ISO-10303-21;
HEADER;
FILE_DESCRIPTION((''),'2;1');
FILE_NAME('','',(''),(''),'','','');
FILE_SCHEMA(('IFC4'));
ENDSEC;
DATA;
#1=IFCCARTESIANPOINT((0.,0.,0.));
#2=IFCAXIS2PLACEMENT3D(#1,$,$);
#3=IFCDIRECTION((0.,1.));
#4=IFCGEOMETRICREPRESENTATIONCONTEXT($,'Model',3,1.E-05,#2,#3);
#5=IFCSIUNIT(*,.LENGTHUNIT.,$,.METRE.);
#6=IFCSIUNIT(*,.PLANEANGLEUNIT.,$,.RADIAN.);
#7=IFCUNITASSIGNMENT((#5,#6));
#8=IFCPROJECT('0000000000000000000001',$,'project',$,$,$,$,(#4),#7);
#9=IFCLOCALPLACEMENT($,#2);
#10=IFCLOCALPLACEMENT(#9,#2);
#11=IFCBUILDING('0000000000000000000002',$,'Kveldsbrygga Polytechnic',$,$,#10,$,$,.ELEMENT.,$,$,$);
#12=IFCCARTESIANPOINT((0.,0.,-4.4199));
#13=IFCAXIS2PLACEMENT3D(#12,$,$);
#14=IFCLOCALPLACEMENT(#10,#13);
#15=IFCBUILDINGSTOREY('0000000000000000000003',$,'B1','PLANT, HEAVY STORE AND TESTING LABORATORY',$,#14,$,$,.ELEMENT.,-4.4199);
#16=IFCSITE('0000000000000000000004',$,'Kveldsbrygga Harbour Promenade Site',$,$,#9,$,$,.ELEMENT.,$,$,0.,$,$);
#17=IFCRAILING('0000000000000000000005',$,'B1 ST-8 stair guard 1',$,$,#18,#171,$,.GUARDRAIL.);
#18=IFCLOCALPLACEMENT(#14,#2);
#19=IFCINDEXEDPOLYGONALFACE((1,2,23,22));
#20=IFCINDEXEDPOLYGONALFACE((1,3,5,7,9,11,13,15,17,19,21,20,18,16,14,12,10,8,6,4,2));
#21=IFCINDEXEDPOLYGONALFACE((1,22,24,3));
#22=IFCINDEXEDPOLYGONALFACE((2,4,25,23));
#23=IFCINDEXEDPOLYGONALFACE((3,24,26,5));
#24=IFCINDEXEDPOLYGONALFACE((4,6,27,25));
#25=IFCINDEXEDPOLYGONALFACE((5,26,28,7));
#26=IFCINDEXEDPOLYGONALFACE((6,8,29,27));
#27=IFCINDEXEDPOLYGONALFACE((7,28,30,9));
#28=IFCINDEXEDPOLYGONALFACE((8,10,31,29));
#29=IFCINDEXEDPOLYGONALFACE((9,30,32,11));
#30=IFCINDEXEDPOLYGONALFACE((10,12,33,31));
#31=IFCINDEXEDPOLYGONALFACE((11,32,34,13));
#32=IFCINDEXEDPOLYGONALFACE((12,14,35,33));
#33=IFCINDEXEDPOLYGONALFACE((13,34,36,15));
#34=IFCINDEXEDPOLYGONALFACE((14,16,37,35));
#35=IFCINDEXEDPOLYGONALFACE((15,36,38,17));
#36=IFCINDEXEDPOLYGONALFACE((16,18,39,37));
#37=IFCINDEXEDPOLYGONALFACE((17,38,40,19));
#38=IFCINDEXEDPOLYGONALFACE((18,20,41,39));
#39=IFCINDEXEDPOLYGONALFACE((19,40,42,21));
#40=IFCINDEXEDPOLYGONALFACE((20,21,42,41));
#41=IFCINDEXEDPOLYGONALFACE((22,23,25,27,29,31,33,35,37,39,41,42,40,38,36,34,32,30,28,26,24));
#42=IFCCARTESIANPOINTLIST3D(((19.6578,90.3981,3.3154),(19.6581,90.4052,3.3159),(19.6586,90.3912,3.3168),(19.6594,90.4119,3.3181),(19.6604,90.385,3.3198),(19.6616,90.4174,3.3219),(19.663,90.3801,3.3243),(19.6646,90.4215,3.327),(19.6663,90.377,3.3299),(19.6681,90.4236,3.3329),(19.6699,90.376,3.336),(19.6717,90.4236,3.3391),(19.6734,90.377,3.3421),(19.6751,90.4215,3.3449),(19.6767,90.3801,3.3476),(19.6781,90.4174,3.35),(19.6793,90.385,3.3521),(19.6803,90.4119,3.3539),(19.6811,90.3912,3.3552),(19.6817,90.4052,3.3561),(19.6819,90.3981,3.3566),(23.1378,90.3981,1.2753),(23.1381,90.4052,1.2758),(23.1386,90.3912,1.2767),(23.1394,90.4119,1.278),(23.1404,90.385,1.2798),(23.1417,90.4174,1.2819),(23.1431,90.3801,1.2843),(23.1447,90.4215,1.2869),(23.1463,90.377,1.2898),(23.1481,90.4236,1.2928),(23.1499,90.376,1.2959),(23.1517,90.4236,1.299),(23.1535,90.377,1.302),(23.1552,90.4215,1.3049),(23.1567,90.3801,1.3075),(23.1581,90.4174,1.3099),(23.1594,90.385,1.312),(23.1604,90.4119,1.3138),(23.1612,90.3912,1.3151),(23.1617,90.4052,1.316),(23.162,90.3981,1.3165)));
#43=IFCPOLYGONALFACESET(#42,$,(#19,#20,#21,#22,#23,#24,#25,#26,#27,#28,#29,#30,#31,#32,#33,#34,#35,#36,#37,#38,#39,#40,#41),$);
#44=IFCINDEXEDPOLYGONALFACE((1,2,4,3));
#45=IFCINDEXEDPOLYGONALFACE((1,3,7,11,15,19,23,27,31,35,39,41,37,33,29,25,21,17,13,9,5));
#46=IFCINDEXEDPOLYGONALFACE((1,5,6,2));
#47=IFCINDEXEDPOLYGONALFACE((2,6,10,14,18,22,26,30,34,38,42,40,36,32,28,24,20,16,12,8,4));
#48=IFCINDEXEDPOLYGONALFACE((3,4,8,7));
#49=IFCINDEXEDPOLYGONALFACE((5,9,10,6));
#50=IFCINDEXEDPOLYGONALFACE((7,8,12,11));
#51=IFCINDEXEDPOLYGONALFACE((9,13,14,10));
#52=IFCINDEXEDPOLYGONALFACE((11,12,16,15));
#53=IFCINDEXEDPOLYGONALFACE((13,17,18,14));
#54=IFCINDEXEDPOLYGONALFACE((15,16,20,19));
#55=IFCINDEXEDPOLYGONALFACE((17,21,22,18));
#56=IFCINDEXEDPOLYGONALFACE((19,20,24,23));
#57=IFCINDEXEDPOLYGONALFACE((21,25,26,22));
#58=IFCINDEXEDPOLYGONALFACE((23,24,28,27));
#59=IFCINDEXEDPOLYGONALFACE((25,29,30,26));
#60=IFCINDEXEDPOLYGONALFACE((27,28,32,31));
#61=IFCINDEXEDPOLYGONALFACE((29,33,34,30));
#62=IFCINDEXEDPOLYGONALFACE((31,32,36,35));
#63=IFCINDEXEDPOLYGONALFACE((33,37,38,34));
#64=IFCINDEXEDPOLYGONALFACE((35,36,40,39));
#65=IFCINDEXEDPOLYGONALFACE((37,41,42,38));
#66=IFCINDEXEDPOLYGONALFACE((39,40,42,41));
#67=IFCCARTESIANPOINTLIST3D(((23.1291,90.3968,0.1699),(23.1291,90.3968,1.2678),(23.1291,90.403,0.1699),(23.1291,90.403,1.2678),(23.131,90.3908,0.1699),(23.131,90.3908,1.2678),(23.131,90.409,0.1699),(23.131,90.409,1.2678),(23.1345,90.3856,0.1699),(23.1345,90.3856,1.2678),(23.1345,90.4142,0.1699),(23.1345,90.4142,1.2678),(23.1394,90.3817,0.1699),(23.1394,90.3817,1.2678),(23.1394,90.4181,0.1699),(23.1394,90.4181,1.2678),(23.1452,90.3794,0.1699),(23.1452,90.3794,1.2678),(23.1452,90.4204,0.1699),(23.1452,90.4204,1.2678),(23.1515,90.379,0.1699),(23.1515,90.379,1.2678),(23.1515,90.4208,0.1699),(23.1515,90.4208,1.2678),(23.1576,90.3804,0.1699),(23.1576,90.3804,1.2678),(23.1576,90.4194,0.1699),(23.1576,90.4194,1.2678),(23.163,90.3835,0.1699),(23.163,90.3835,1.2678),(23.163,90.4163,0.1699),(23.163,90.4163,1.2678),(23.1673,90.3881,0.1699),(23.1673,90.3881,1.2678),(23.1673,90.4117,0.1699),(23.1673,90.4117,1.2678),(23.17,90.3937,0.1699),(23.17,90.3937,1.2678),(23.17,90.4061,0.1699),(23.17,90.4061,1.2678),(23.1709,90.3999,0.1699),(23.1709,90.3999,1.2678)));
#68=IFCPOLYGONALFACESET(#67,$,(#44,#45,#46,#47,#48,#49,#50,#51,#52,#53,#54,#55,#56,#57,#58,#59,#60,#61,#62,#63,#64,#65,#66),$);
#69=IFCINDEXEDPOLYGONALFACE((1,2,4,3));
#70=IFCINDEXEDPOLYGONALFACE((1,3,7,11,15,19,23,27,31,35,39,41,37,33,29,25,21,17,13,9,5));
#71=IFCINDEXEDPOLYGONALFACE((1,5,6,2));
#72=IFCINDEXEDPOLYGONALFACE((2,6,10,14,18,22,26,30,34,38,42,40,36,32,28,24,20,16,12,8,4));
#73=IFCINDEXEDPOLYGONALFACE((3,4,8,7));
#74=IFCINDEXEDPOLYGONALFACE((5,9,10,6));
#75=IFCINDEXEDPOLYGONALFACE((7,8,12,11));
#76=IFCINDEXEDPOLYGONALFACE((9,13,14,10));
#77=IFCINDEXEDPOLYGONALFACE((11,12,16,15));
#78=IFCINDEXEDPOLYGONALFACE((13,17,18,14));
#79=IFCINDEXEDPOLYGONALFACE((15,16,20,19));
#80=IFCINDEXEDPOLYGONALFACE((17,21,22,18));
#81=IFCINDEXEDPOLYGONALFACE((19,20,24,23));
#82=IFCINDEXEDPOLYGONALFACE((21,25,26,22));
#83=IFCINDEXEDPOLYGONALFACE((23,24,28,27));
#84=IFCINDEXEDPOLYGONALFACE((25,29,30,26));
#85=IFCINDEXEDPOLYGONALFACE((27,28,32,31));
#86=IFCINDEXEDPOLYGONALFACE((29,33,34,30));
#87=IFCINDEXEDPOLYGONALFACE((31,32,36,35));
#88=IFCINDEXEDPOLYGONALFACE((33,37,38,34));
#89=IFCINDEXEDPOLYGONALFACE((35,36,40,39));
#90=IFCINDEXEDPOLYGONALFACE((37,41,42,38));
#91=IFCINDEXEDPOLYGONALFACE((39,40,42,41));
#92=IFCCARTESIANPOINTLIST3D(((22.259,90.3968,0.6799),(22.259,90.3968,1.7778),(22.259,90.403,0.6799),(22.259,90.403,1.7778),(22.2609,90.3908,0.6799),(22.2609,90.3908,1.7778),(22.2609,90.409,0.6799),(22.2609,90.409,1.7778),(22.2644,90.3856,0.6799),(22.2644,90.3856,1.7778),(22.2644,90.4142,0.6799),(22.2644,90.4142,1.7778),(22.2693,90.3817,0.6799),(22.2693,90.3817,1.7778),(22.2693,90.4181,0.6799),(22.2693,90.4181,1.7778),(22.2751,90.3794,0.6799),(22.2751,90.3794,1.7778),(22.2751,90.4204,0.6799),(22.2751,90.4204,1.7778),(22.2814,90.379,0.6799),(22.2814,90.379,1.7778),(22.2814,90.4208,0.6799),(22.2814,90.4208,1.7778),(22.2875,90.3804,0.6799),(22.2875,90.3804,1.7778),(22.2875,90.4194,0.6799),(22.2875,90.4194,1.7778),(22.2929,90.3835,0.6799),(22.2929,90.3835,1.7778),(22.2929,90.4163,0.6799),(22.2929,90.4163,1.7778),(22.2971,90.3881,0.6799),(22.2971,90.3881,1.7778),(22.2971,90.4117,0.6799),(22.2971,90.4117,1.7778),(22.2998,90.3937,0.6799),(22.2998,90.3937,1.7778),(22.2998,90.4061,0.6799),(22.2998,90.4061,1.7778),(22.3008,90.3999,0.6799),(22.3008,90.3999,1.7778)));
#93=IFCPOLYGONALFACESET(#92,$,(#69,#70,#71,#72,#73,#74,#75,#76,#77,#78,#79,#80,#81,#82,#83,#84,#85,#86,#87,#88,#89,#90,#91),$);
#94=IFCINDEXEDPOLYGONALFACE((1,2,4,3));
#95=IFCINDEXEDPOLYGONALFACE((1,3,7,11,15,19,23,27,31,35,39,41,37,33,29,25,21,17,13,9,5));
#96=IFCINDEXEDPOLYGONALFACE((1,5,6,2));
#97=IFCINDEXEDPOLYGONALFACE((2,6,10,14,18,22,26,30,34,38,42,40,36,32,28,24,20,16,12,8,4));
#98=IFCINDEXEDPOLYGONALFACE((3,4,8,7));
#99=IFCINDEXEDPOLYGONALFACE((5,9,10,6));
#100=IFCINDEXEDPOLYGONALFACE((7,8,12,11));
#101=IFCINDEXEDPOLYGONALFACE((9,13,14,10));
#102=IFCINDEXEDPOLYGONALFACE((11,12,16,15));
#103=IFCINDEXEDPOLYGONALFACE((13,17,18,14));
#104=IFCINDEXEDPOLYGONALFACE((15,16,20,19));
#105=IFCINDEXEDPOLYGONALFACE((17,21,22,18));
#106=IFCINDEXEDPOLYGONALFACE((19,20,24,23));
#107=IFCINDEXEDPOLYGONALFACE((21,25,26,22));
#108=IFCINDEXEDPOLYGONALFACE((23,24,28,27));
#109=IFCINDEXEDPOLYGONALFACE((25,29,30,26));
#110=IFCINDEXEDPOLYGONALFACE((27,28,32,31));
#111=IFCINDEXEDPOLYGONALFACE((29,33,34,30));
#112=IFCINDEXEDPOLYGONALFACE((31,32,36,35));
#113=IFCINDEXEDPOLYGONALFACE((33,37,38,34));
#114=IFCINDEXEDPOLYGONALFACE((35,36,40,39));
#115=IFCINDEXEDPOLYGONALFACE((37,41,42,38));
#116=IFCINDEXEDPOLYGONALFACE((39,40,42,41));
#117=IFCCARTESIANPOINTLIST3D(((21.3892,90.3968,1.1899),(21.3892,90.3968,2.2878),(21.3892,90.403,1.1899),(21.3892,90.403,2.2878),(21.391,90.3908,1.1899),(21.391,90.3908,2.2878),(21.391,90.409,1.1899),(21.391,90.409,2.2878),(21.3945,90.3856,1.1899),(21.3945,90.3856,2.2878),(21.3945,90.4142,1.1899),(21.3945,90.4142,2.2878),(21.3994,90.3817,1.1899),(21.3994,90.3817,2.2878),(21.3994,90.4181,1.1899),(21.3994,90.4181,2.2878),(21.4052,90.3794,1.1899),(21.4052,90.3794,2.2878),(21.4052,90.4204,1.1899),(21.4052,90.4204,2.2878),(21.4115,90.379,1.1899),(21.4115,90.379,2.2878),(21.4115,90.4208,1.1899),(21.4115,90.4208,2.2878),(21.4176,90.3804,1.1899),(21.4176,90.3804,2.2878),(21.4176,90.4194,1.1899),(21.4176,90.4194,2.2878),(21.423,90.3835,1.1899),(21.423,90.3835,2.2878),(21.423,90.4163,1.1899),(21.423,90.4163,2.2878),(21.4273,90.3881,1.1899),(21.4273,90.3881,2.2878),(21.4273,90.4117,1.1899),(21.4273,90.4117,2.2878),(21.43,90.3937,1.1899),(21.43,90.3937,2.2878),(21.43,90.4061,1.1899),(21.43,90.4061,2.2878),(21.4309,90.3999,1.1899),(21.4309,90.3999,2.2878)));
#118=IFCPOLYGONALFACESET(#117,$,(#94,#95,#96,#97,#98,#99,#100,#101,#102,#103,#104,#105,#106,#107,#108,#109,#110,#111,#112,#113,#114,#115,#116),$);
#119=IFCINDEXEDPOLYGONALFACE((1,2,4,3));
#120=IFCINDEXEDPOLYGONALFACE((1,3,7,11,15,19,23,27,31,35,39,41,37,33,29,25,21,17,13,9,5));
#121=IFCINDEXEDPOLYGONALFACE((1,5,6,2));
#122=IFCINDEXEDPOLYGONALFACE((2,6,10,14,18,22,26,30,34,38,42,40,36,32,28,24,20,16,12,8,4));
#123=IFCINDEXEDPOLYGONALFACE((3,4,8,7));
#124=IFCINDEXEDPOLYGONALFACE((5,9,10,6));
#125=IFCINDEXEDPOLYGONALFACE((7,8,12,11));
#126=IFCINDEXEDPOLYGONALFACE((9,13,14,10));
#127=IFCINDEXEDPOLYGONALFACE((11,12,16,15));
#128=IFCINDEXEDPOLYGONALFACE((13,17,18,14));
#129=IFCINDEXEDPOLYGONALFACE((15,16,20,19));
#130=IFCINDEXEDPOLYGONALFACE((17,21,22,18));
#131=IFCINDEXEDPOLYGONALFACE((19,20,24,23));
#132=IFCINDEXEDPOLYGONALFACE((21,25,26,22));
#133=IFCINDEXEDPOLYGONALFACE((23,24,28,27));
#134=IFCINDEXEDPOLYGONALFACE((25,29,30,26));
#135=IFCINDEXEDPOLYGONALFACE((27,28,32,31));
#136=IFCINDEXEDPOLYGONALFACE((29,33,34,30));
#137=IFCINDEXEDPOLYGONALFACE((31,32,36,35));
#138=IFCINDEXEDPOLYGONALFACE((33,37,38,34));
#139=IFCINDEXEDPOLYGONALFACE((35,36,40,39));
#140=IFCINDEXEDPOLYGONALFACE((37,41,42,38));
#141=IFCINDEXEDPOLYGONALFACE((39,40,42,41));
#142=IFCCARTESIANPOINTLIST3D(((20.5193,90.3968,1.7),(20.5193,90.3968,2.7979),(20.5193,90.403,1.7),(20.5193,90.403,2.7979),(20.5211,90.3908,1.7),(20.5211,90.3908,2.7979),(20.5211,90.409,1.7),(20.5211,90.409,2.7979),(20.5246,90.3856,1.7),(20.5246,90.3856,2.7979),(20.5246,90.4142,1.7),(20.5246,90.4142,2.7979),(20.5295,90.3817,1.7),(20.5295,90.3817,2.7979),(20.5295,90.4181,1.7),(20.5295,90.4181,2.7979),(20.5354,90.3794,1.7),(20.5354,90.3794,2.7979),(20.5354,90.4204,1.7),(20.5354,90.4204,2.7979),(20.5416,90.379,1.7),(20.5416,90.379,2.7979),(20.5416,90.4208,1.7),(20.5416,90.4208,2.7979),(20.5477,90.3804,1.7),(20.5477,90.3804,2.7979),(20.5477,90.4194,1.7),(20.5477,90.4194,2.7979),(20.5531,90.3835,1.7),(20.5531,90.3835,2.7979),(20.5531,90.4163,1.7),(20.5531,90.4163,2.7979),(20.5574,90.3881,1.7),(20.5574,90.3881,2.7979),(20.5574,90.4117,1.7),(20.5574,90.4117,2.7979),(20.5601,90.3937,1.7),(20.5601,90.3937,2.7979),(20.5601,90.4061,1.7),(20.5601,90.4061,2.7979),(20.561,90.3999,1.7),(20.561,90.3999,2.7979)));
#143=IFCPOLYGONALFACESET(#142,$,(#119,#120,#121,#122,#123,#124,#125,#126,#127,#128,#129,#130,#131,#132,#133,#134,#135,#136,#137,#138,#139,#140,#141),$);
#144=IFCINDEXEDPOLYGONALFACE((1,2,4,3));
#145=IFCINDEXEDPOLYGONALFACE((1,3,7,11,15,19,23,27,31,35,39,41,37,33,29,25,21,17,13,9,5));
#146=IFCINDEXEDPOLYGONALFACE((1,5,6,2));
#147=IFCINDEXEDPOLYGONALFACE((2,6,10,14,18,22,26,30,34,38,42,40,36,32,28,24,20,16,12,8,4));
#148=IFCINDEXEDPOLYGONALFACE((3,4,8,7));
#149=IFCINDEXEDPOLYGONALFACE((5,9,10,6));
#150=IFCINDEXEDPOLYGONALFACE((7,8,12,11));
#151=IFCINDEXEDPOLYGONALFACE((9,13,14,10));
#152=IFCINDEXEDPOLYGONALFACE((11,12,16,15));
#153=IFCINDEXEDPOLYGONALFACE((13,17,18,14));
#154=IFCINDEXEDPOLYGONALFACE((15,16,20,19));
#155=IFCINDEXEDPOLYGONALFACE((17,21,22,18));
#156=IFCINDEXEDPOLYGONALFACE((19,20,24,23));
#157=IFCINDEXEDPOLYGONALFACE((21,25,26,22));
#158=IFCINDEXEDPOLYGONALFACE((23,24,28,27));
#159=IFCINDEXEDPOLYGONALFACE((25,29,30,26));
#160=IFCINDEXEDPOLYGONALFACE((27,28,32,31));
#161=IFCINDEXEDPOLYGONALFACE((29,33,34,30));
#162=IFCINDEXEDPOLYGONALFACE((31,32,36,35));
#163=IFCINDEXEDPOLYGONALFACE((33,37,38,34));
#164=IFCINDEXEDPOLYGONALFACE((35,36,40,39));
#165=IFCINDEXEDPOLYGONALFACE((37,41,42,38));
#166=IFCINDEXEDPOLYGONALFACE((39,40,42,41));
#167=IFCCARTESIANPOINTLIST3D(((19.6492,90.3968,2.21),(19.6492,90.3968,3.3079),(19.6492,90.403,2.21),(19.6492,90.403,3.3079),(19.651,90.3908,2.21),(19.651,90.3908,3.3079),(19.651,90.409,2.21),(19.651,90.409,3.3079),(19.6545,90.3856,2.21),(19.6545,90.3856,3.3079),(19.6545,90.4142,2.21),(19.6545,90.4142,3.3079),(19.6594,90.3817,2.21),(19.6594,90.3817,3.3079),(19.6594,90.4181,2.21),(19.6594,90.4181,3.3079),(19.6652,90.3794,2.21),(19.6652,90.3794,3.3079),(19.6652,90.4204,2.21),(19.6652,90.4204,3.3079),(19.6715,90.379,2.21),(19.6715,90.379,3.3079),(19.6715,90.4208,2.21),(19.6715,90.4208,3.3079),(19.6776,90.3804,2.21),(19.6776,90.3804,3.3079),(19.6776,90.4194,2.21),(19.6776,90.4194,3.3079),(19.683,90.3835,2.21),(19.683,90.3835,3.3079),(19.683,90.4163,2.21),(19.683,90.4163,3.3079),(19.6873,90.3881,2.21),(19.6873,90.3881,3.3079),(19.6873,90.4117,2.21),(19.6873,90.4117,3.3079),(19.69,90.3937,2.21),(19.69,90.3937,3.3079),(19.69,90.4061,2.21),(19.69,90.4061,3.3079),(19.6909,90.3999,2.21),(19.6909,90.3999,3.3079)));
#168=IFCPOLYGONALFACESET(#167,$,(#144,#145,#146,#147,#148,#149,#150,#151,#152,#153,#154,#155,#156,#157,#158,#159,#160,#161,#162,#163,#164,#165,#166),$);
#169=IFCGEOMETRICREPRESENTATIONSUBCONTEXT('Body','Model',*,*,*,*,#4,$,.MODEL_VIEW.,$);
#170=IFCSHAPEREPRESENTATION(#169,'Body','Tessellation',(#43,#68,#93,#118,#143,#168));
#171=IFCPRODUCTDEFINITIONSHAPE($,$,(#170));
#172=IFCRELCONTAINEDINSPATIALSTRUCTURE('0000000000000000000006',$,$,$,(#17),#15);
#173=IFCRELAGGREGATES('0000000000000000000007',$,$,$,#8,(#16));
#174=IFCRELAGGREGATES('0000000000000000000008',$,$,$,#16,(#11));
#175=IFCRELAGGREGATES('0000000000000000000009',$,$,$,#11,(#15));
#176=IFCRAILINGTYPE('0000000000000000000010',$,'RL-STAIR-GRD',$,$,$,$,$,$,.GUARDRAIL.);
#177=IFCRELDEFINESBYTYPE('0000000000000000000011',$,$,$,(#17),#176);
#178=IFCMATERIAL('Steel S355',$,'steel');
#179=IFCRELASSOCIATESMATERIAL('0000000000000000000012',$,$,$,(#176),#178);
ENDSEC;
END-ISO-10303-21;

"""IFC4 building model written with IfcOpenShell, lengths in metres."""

from ifc_helpers import new_model, si_unit, direction, frame, origin, origin_2d, place, context, subcontext, project, spatial, circle, extrude, material, type_object, element, save


model = new_model("IFC4")

# Units and contexts
model_context = context("Model", 3, precision=1e-05, world=origin(), true_north=direction((0.0, 1.0)))
body_context = subcontext(model_context, "Body", "Model", "MODEL_VIEW")
ifc_project = project(units=[si_unit("LENGTHUNIT", "METRE"), si_unit("PLANEANGLEUNIT", "RADIAN")], contexts=[model_context])

# Site, building, storey
site_placement = place(None, origin())
site = spatial("IfcSite", under=ifc_project, at=site_placement, Name="Kveldsbrygga Harbour Promenade Site", CompositionType="ELEMENT", RefElevation=0.0)
building_placement = place(site_placement, origin())
building = spatial("IfcBuilding", under=site, at=building_placement, Name="Kveldsbrygga Polytechnic", CompositionType="ELEMENT")
storey_placement = place(building_placement, frame((0.0, 0.0, -4.4199)))
storey = spatial("IfcBuildingStorey", under=building, at=storey_placement, Name="B1", Description="PLANT, HEAVY STORE AND TESTING LABORATORY", CompositionType="ELEMENT", Elevation=-4.4199)

# Railing
ifc_material_1 = material(Name="Steel S355", Category="steel")
railing_type_1 = type_object("IfcRailingType", Name="RL-STAIR-GRD", PredefinedType="GUARDRAIL", material=ifc_material_1)
railing_1_placement = place(storey_placement, frame((23.1499, 90.3999, 0.1699)))
element("IfcRailing", 1, at=railing_1_placement, inside=storey, type_object=railing_type_1, Name="B1 ST-8 stair guard 1", PredefinedType="GUARDRAIL", context=body_context, shape_type="SweptSolid", body=[
    extrude(circle(Radius=0.0239, at=origin_2d()), frame((0.0, 0.0, 1.126), z_axis=(-0.862693, 0.0, 0.505729), x_axis=(0.0, -1.0, 0.0)), (0.0, 0.0, 1.0), 4.0339),
    extrude(circle(Radius=0.021, at=origin_2d()), origin(), (0.0, 0.0, 1.0), 1.0979),
    extrude(circle(Radius=0.021, at=origin_2d()), frame((-0.8701, 0.0, 0.51)), (0.0, 0.0, 1.0), 1.0979),
    extrude(circle(Radius=0.021, at=origin_2d()), frame((-1.74, 0.0, 1.02)), (0.0, 0.0, 1.0), 1.0979),
    extrude(circle(Radius=0.021, at=origin_2d()), frame((-2.6099, 0.0, 1.53)), (0.0, 0.0, 1.0), 1.0979),
    extrude(circle(Radius=0.021, at=origin_2d()), frame((-3.48, 0.0, 2.04)), (0.0, 0.0, 1.0), 1.0979),
])

save(model, "model.ifc")
